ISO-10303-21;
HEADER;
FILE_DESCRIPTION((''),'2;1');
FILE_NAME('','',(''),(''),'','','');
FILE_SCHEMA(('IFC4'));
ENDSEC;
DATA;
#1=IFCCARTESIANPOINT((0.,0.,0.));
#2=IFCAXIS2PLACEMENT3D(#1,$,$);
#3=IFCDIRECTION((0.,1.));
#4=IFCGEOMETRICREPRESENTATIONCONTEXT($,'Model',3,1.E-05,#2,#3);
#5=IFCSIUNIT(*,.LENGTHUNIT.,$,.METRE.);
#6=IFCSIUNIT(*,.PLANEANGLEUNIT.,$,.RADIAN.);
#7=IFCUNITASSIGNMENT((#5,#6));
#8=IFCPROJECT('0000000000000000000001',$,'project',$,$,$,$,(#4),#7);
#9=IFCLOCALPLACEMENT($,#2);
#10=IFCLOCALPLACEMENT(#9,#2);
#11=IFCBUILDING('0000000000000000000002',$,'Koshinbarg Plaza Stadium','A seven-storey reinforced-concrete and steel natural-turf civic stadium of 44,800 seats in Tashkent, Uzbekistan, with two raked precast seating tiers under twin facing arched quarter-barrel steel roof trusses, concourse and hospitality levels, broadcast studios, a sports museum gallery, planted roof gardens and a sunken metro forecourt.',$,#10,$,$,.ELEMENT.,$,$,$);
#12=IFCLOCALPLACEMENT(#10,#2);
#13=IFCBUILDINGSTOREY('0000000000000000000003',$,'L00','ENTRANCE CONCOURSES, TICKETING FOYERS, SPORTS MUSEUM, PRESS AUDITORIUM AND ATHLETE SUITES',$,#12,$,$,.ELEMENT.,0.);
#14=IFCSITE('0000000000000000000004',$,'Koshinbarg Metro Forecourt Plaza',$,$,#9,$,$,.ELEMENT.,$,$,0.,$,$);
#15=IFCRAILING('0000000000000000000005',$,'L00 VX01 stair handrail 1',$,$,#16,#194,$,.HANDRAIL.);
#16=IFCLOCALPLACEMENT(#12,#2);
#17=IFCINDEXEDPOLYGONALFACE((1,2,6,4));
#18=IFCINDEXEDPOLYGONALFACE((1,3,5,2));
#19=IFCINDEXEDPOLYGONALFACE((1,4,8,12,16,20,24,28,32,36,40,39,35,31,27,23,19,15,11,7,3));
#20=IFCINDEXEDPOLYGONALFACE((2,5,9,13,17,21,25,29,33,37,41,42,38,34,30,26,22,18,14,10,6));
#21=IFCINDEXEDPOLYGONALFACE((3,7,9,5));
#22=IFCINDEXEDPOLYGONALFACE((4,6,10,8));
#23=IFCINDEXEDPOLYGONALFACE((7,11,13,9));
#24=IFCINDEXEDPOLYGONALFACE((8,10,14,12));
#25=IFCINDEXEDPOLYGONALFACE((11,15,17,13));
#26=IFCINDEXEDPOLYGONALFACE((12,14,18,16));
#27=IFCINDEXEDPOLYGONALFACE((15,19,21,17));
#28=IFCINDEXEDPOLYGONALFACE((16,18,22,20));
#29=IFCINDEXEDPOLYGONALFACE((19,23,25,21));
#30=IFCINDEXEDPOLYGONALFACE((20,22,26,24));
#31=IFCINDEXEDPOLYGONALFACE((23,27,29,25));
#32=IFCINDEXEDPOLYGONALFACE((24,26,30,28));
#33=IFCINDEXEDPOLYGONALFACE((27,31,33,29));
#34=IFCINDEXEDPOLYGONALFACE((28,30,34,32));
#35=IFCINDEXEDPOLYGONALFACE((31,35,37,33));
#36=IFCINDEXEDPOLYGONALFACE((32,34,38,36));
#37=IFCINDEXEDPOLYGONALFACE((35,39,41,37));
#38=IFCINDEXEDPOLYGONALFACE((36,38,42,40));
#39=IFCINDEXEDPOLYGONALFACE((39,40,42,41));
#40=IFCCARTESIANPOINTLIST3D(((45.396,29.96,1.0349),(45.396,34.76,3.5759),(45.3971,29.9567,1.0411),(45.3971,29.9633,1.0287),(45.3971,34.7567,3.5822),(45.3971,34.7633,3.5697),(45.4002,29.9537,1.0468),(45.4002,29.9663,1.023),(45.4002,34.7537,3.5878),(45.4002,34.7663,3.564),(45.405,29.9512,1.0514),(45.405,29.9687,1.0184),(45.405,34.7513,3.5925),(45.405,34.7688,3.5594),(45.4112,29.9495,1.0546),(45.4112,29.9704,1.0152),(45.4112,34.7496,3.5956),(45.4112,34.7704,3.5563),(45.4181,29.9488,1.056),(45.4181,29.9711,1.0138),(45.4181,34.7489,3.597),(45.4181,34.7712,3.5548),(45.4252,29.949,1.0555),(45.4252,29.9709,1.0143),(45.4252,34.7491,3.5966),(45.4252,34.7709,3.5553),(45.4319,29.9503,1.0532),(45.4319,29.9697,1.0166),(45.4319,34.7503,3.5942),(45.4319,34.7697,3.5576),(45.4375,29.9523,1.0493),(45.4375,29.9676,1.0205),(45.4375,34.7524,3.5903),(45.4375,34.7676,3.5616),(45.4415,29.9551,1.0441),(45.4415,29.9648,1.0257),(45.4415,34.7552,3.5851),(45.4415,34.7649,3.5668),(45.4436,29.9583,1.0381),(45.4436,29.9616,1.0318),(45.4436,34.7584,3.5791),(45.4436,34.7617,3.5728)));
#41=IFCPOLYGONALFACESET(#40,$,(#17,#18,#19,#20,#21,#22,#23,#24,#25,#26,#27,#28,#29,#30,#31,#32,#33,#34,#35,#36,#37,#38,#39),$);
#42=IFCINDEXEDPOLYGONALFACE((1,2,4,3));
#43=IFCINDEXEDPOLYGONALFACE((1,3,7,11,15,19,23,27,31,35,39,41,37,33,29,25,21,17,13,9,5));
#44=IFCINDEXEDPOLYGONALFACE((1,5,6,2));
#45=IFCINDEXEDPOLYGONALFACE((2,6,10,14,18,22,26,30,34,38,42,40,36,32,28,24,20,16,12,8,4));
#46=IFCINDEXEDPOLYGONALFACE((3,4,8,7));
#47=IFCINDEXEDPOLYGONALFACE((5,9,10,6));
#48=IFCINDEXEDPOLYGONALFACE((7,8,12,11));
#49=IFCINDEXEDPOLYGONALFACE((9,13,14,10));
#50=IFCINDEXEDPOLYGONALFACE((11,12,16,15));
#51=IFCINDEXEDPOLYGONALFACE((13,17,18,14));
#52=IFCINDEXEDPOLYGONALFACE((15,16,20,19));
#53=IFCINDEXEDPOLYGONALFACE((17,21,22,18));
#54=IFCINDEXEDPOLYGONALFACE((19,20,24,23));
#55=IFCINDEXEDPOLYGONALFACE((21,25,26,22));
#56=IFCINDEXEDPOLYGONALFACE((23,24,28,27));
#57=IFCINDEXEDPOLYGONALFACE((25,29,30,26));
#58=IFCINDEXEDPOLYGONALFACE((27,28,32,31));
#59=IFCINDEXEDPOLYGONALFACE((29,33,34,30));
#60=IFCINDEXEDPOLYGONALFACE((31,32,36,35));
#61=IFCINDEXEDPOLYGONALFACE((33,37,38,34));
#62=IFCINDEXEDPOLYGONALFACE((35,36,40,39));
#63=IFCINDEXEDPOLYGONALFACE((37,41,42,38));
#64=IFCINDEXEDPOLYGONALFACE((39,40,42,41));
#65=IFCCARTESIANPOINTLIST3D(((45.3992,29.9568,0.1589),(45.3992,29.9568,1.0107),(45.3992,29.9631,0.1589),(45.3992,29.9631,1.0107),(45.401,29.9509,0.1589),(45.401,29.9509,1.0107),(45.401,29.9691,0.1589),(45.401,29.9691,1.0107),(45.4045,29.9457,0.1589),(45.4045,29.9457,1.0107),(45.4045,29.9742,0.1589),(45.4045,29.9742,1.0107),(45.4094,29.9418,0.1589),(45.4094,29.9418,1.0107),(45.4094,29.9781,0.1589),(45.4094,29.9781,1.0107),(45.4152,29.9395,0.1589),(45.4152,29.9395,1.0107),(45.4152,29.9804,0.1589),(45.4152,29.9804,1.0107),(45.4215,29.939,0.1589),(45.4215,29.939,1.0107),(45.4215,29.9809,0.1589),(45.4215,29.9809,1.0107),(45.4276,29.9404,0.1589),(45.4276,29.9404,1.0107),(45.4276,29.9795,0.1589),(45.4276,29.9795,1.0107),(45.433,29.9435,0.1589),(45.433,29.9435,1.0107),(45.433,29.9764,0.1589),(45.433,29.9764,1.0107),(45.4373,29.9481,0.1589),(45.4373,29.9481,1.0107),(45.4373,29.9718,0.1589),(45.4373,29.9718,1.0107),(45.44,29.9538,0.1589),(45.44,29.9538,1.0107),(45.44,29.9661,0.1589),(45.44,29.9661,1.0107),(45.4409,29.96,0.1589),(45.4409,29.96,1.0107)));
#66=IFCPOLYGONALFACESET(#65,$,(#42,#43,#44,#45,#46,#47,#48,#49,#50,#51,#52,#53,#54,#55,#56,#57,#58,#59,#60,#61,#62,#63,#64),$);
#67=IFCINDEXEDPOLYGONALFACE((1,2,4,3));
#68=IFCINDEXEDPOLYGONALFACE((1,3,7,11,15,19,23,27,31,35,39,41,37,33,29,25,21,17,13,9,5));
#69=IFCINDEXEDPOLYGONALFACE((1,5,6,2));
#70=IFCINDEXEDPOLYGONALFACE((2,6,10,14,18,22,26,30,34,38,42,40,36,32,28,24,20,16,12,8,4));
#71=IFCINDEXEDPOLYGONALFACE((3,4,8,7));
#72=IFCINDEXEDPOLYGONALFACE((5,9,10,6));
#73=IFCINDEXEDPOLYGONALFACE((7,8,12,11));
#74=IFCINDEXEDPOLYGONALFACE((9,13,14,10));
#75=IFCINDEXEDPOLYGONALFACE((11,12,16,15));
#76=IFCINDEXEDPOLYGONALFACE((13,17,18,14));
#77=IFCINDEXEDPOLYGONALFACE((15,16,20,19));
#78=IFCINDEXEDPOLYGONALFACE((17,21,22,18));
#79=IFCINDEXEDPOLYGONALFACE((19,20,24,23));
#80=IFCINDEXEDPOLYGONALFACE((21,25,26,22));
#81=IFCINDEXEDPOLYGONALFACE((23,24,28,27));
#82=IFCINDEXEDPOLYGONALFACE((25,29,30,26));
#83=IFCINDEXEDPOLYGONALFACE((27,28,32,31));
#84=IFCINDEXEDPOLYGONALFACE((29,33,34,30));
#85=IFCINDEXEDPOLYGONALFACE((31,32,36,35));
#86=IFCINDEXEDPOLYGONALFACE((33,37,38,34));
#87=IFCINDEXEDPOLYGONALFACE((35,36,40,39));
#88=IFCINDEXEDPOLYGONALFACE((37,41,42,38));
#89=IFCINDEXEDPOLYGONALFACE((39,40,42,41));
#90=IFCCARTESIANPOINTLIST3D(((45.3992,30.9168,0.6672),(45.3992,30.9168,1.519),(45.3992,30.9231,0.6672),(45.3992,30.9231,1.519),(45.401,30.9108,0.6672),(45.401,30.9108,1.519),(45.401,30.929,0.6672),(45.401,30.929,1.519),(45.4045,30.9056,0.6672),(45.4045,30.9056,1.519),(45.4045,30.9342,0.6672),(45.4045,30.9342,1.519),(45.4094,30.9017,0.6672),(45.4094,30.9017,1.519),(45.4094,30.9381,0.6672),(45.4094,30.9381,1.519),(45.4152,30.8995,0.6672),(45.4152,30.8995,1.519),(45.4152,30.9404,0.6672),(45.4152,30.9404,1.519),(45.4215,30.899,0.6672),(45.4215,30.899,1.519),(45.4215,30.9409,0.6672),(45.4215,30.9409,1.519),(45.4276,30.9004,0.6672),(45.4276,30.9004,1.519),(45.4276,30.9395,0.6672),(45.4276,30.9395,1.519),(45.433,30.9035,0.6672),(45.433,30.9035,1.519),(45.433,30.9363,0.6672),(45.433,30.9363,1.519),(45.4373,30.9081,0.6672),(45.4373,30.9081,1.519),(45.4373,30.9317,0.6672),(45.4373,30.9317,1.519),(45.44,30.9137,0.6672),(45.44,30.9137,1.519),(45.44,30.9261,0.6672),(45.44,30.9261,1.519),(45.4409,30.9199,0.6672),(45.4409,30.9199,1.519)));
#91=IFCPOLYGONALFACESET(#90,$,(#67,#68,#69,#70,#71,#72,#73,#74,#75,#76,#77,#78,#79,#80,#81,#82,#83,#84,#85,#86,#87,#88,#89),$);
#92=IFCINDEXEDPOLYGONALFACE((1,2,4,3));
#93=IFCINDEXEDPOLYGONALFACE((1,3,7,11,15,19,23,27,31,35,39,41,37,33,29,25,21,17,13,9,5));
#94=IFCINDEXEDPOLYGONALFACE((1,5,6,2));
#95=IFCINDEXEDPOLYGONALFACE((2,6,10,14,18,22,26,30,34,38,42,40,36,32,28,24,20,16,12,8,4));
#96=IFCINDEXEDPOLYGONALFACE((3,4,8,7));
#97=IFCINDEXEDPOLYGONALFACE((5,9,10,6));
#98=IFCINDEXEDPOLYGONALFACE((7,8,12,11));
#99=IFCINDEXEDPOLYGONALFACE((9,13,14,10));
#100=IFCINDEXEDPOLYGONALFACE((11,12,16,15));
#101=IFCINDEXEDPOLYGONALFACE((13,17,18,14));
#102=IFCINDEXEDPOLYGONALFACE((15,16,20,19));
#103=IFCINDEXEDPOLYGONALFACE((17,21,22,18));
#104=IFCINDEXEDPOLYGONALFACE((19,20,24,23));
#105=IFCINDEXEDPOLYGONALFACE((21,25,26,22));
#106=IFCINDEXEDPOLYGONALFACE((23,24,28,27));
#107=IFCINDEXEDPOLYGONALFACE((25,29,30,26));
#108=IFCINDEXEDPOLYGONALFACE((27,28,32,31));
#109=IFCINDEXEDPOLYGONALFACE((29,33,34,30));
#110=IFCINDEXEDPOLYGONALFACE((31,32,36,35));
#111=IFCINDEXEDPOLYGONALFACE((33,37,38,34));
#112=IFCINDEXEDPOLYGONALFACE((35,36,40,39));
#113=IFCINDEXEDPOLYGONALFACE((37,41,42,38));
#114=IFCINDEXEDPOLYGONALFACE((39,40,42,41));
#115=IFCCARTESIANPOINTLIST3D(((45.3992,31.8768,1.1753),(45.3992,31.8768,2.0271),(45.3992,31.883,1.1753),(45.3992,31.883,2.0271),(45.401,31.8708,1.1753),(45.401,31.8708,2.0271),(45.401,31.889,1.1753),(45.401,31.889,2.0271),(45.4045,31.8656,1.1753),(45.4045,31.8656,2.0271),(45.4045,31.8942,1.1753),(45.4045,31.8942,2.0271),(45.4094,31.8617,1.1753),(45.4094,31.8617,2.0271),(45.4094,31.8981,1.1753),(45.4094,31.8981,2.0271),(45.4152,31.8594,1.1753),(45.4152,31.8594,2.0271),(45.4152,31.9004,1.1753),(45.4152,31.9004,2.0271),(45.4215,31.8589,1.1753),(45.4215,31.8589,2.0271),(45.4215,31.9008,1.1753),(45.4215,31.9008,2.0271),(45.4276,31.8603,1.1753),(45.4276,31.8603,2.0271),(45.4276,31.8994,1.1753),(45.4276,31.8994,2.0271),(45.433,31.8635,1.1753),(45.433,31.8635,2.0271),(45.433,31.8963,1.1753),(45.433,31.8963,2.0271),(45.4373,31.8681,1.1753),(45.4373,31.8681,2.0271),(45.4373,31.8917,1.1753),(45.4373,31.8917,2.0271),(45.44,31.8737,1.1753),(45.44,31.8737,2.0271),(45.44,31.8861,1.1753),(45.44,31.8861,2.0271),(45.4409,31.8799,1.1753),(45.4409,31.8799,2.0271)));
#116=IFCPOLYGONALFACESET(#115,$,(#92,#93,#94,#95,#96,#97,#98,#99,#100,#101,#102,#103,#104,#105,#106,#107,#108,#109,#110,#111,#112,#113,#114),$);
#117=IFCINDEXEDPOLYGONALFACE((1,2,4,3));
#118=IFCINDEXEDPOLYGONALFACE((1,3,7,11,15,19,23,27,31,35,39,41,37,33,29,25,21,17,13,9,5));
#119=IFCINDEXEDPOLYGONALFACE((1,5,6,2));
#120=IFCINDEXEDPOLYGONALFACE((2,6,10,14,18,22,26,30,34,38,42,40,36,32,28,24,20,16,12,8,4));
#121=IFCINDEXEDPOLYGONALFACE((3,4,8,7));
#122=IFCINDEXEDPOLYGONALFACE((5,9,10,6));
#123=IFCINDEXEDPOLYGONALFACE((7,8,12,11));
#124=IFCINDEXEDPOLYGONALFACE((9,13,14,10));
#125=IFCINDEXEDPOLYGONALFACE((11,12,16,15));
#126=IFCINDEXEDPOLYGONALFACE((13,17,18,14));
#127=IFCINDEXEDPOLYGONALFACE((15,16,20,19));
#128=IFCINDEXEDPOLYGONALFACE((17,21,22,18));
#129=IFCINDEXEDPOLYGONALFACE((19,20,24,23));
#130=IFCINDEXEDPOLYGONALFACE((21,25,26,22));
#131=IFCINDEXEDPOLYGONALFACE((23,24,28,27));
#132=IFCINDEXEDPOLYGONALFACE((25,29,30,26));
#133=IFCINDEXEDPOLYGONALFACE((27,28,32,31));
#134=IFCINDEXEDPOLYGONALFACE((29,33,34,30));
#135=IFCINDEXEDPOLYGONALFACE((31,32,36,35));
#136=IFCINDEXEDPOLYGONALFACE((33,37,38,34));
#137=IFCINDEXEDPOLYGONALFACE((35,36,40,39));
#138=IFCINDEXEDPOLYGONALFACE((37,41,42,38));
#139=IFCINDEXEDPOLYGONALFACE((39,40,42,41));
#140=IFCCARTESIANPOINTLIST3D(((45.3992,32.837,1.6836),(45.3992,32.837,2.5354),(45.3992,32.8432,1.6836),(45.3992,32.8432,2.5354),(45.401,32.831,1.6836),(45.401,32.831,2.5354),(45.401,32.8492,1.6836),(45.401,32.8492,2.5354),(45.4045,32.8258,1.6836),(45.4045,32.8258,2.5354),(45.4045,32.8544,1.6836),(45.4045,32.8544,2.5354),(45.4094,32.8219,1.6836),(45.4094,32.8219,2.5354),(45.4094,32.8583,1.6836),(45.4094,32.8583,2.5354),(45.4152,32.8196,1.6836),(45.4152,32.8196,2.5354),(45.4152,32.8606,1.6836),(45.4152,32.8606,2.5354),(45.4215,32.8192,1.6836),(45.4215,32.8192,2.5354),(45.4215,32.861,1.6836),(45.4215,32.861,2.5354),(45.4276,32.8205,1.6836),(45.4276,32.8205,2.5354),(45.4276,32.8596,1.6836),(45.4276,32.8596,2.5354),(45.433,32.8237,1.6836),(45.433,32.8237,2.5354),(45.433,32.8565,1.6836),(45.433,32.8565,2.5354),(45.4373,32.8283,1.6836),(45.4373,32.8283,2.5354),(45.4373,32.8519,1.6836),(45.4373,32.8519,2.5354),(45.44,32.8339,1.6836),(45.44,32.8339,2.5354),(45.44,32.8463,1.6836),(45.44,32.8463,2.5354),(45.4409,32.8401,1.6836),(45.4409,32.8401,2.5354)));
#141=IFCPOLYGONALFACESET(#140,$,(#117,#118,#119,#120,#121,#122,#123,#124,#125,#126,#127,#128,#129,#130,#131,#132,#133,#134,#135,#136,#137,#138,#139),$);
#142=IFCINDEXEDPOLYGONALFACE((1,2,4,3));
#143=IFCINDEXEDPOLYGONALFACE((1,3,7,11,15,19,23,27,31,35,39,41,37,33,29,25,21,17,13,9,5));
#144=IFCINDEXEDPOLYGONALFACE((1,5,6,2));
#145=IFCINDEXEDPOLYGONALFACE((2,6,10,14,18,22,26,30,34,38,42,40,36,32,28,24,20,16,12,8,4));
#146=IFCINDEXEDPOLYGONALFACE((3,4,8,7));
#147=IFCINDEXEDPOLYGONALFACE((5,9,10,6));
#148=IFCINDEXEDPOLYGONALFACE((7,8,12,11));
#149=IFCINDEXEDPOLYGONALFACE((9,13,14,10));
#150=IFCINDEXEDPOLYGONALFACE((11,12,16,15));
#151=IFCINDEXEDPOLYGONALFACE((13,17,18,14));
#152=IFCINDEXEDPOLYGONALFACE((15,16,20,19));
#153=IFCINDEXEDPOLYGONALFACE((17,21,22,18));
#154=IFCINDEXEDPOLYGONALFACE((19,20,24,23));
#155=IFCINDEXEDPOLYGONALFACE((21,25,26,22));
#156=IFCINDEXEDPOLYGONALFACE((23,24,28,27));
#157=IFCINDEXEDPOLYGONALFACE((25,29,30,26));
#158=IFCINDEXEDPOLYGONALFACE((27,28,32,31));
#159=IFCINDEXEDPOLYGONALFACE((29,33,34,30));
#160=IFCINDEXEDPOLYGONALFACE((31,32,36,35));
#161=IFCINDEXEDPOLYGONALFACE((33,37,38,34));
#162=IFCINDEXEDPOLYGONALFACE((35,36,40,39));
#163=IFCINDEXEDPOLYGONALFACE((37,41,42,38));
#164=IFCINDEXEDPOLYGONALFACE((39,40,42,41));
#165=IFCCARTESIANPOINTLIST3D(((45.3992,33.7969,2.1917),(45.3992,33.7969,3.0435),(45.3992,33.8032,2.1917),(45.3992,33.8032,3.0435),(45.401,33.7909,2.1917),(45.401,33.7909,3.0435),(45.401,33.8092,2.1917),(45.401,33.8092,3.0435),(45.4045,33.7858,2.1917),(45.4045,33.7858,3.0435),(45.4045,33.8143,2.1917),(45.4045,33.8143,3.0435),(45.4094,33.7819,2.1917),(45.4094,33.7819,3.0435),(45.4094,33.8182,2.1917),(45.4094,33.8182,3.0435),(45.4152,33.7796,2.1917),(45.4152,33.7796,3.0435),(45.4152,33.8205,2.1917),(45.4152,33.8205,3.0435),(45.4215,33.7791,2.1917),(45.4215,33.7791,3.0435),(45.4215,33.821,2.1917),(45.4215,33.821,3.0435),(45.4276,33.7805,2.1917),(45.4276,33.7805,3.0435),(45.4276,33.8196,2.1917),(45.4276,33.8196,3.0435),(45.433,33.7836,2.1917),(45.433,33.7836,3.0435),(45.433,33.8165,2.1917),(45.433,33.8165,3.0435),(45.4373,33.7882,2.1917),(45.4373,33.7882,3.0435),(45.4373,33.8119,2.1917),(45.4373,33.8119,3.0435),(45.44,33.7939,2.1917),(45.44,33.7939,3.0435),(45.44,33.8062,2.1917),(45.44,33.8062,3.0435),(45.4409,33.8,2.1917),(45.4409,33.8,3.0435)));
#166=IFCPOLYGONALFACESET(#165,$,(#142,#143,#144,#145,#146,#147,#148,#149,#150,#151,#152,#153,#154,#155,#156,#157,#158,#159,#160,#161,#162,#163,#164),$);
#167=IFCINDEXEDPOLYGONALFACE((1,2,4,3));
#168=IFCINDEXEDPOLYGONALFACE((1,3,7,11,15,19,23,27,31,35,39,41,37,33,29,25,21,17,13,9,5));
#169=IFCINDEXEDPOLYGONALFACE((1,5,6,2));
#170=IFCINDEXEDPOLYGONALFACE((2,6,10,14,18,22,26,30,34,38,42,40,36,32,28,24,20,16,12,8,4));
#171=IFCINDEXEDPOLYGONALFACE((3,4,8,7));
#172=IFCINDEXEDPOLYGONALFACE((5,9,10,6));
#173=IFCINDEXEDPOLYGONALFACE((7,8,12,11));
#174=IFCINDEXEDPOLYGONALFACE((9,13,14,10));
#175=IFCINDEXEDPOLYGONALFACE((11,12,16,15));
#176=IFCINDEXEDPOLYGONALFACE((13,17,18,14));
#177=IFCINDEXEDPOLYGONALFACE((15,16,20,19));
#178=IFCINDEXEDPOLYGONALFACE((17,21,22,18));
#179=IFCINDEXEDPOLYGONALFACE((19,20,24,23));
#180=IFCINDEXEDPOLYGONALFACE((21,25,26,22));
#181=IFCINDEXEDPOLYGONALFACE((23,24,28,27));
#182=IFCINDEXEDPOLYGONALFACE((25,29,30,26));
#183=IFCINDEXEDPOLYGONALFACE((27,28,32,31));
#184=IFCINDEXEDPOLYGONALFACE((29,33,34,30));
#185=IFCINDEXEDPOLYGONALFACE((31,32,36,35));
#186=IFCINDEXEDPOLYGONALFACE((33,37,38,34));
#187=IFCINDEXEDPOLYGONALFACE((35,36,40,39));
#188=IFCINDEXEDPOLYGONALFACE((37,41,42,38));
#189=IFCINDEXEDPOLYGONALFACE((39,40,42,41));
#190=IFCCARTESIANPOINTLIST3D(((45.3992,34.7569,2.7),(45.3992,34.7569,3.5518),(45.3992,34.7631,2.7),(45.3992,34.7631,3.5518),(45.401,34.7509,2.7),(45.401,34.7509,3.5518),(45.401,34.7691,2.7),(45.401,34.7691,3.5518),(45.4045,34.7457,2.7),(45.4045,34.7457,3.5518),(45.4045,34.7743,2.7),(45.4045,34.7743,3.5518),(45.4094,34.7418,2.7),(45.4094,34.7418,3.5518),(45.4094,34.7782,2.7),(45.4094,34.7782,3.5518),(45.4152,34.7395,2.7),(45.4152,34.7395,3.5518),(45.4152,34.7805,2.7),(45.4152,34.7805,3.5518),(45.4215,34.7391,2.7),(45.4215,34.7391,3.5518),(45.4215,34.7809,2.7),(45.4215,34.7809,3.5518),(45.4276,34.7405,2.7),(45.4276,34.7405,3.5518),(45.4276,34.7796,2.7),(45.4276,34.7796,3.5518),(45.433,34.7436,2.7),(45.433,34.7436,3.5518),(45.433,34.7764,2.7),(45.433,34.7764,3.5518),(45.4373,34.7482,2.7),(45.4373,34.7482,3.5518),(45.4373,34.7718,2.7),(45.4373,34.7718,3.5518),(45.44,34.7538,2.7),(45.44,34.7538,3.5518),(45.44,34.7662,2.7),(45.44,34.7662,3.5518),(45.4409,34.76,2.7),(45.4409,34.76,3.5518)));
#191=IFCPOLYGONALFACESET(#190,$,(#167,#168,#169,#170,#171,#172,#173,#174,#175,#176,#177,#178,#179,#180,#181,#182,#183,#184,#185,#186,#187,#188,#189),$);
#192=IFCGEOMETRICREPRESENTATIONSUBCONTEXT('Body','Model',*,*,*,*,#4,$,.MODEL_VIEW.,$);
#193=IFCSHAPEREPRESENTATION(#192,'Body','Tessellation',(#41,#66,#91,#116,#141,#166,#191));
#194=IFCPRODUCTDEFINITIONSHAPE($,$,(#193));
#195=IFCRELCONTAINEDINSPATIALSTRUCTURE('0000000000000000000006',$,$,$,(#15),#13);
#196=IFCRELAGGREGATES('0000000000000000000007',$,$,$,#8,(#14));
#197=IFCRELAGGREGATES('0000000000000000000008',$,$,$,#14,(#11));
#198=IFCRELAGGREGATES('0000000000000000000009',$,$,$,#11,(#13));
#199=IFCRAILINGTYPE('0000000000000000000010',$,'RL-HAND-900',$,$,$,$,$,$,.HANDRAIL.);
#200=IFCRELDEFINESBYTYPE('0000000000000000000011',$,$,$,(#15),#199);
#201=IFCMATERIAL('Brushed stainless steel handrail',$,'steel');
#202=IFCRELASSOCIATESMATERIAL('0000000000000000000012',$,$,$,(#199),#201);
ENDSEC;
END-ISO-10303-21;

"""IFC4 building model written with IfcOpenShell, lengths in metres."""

from ifc_helpers import new_model, si_unit, direction, frame, origin, origin_2d, place, context, subcontext, project, spatial, circle, extrude, material, type_object, element, save


model = new_model("IFC4")

# Units and contexts
model_context = context("Model", 3, precision=1e-05, world=origin(), true_north=direction((0.0, 1.0)))
body_context = subcontext(model_context, "Body", "Model", "MODEL_VIEW")
ifc_project = project(units=[si_unit("LENGTHUNIT", "METRE"), si_unit("PLANEANGLEUNIT", "RADIAN")], contexts=[model_context])

# Site, building, storey
site_placement = place(None, origin())
site = spatial("IfcSite", under=ifc_project, at=site_placement, Name="Koshinbarg Metro Forecourt Plaza", CompositionType="ELEMENT", RefElevation=0.0)
building_placement = place(site_placement, origin())
building = spatial("IfcBuilding", under=site, at=building_placement, Name="Koshinbarg Plaza Stadium", Description="A seven-storey reinforced-concrete and steel natural-turf civic stadium of 44,800 seats in Tashkent, Uzbekistan, with two raked precast seating tiers under twin facing arched quarter-barrel steel roof trusses, concourse and hospitality levels, broadcast studios, a sports museum gallery, planted roof gardens and a sunken metro forecourt.", CompositionType="ELEMENT")
storey_placement = place(building_placement, origin())
storey = spatial("IfcBuildingStorey", under=building, at=storey_placement, Name="L00", Description="ENTRANCE CONCOURSES, TICKETING FOYERS, SPORTS MUSEUM, PRESS AUDITORIUM AND ATHLETE SUITES", CompositionType="ELEMENT", Elevation=0.0)

# Railing
ifc_material_1 = material(Name="Brushed stainless steel handrail", Category="steel")
railing_type_1 = type_object("IfcRailingType", Name="RL-HAND-900", PredefinedType="HANDRAIL", material=ifc_material_1)
railing_1_placement = place(storey_placement, frame((45.4199, 29.96, 0.1589)))
element("IfcRailing", 1, at=railing_1_placement, inside=storey, type_object=railing_type_1, Name="L00 VX01 stair handrail 1", PredefinedType="HANDRAIL", context=body_context, shape_type="SweptSolid", body=[
    extrude(circle(Radius=0.0239, at=origin_2d()), frame((0.0, 0.0, 0.876), z_axis=(0.0, 0.883802, 0.467861), x_axis=(-1.0, 0.0, 0.0)), (0.0, 0.0, 1.0), 5.4312),
    extrude(circle(Radius=0.021, at=origin_2d()), origin(), (0.0, 0.0, 1.0), 0.8518),
    extrude(circle(Radius=0.021, at=origin_2d()), frame((0.0, 0.96, 0.5083)), (0.0, 0.0, 1.0), 0.8518),
    extrude(circle(Radius=0.021, at=origin_2d()), frame((0.0, 1.9199, 1.0164)), (0.0, 0.0, 1.0), 0.8518),
    extrude(circle(Radius=0.021, at=origin_2d()), frame((0.0, 2.8801, 1.5247)), (0.0, 0.0, 1.0), 0.8518),
    extrude(circle(Radius=0.021, at=origin_2d()), frame((0.0, 3.8401, 2.0327)), (0.0, 0.0, 1.0), 0.8518),
    extrude(circle(Radius=0.021, at=origin_2d()), frame((0.0, 4.8, 2.541)), (0.0, 0.0, 1.0), 0.8518),
])

save(model, "model.ifc")
